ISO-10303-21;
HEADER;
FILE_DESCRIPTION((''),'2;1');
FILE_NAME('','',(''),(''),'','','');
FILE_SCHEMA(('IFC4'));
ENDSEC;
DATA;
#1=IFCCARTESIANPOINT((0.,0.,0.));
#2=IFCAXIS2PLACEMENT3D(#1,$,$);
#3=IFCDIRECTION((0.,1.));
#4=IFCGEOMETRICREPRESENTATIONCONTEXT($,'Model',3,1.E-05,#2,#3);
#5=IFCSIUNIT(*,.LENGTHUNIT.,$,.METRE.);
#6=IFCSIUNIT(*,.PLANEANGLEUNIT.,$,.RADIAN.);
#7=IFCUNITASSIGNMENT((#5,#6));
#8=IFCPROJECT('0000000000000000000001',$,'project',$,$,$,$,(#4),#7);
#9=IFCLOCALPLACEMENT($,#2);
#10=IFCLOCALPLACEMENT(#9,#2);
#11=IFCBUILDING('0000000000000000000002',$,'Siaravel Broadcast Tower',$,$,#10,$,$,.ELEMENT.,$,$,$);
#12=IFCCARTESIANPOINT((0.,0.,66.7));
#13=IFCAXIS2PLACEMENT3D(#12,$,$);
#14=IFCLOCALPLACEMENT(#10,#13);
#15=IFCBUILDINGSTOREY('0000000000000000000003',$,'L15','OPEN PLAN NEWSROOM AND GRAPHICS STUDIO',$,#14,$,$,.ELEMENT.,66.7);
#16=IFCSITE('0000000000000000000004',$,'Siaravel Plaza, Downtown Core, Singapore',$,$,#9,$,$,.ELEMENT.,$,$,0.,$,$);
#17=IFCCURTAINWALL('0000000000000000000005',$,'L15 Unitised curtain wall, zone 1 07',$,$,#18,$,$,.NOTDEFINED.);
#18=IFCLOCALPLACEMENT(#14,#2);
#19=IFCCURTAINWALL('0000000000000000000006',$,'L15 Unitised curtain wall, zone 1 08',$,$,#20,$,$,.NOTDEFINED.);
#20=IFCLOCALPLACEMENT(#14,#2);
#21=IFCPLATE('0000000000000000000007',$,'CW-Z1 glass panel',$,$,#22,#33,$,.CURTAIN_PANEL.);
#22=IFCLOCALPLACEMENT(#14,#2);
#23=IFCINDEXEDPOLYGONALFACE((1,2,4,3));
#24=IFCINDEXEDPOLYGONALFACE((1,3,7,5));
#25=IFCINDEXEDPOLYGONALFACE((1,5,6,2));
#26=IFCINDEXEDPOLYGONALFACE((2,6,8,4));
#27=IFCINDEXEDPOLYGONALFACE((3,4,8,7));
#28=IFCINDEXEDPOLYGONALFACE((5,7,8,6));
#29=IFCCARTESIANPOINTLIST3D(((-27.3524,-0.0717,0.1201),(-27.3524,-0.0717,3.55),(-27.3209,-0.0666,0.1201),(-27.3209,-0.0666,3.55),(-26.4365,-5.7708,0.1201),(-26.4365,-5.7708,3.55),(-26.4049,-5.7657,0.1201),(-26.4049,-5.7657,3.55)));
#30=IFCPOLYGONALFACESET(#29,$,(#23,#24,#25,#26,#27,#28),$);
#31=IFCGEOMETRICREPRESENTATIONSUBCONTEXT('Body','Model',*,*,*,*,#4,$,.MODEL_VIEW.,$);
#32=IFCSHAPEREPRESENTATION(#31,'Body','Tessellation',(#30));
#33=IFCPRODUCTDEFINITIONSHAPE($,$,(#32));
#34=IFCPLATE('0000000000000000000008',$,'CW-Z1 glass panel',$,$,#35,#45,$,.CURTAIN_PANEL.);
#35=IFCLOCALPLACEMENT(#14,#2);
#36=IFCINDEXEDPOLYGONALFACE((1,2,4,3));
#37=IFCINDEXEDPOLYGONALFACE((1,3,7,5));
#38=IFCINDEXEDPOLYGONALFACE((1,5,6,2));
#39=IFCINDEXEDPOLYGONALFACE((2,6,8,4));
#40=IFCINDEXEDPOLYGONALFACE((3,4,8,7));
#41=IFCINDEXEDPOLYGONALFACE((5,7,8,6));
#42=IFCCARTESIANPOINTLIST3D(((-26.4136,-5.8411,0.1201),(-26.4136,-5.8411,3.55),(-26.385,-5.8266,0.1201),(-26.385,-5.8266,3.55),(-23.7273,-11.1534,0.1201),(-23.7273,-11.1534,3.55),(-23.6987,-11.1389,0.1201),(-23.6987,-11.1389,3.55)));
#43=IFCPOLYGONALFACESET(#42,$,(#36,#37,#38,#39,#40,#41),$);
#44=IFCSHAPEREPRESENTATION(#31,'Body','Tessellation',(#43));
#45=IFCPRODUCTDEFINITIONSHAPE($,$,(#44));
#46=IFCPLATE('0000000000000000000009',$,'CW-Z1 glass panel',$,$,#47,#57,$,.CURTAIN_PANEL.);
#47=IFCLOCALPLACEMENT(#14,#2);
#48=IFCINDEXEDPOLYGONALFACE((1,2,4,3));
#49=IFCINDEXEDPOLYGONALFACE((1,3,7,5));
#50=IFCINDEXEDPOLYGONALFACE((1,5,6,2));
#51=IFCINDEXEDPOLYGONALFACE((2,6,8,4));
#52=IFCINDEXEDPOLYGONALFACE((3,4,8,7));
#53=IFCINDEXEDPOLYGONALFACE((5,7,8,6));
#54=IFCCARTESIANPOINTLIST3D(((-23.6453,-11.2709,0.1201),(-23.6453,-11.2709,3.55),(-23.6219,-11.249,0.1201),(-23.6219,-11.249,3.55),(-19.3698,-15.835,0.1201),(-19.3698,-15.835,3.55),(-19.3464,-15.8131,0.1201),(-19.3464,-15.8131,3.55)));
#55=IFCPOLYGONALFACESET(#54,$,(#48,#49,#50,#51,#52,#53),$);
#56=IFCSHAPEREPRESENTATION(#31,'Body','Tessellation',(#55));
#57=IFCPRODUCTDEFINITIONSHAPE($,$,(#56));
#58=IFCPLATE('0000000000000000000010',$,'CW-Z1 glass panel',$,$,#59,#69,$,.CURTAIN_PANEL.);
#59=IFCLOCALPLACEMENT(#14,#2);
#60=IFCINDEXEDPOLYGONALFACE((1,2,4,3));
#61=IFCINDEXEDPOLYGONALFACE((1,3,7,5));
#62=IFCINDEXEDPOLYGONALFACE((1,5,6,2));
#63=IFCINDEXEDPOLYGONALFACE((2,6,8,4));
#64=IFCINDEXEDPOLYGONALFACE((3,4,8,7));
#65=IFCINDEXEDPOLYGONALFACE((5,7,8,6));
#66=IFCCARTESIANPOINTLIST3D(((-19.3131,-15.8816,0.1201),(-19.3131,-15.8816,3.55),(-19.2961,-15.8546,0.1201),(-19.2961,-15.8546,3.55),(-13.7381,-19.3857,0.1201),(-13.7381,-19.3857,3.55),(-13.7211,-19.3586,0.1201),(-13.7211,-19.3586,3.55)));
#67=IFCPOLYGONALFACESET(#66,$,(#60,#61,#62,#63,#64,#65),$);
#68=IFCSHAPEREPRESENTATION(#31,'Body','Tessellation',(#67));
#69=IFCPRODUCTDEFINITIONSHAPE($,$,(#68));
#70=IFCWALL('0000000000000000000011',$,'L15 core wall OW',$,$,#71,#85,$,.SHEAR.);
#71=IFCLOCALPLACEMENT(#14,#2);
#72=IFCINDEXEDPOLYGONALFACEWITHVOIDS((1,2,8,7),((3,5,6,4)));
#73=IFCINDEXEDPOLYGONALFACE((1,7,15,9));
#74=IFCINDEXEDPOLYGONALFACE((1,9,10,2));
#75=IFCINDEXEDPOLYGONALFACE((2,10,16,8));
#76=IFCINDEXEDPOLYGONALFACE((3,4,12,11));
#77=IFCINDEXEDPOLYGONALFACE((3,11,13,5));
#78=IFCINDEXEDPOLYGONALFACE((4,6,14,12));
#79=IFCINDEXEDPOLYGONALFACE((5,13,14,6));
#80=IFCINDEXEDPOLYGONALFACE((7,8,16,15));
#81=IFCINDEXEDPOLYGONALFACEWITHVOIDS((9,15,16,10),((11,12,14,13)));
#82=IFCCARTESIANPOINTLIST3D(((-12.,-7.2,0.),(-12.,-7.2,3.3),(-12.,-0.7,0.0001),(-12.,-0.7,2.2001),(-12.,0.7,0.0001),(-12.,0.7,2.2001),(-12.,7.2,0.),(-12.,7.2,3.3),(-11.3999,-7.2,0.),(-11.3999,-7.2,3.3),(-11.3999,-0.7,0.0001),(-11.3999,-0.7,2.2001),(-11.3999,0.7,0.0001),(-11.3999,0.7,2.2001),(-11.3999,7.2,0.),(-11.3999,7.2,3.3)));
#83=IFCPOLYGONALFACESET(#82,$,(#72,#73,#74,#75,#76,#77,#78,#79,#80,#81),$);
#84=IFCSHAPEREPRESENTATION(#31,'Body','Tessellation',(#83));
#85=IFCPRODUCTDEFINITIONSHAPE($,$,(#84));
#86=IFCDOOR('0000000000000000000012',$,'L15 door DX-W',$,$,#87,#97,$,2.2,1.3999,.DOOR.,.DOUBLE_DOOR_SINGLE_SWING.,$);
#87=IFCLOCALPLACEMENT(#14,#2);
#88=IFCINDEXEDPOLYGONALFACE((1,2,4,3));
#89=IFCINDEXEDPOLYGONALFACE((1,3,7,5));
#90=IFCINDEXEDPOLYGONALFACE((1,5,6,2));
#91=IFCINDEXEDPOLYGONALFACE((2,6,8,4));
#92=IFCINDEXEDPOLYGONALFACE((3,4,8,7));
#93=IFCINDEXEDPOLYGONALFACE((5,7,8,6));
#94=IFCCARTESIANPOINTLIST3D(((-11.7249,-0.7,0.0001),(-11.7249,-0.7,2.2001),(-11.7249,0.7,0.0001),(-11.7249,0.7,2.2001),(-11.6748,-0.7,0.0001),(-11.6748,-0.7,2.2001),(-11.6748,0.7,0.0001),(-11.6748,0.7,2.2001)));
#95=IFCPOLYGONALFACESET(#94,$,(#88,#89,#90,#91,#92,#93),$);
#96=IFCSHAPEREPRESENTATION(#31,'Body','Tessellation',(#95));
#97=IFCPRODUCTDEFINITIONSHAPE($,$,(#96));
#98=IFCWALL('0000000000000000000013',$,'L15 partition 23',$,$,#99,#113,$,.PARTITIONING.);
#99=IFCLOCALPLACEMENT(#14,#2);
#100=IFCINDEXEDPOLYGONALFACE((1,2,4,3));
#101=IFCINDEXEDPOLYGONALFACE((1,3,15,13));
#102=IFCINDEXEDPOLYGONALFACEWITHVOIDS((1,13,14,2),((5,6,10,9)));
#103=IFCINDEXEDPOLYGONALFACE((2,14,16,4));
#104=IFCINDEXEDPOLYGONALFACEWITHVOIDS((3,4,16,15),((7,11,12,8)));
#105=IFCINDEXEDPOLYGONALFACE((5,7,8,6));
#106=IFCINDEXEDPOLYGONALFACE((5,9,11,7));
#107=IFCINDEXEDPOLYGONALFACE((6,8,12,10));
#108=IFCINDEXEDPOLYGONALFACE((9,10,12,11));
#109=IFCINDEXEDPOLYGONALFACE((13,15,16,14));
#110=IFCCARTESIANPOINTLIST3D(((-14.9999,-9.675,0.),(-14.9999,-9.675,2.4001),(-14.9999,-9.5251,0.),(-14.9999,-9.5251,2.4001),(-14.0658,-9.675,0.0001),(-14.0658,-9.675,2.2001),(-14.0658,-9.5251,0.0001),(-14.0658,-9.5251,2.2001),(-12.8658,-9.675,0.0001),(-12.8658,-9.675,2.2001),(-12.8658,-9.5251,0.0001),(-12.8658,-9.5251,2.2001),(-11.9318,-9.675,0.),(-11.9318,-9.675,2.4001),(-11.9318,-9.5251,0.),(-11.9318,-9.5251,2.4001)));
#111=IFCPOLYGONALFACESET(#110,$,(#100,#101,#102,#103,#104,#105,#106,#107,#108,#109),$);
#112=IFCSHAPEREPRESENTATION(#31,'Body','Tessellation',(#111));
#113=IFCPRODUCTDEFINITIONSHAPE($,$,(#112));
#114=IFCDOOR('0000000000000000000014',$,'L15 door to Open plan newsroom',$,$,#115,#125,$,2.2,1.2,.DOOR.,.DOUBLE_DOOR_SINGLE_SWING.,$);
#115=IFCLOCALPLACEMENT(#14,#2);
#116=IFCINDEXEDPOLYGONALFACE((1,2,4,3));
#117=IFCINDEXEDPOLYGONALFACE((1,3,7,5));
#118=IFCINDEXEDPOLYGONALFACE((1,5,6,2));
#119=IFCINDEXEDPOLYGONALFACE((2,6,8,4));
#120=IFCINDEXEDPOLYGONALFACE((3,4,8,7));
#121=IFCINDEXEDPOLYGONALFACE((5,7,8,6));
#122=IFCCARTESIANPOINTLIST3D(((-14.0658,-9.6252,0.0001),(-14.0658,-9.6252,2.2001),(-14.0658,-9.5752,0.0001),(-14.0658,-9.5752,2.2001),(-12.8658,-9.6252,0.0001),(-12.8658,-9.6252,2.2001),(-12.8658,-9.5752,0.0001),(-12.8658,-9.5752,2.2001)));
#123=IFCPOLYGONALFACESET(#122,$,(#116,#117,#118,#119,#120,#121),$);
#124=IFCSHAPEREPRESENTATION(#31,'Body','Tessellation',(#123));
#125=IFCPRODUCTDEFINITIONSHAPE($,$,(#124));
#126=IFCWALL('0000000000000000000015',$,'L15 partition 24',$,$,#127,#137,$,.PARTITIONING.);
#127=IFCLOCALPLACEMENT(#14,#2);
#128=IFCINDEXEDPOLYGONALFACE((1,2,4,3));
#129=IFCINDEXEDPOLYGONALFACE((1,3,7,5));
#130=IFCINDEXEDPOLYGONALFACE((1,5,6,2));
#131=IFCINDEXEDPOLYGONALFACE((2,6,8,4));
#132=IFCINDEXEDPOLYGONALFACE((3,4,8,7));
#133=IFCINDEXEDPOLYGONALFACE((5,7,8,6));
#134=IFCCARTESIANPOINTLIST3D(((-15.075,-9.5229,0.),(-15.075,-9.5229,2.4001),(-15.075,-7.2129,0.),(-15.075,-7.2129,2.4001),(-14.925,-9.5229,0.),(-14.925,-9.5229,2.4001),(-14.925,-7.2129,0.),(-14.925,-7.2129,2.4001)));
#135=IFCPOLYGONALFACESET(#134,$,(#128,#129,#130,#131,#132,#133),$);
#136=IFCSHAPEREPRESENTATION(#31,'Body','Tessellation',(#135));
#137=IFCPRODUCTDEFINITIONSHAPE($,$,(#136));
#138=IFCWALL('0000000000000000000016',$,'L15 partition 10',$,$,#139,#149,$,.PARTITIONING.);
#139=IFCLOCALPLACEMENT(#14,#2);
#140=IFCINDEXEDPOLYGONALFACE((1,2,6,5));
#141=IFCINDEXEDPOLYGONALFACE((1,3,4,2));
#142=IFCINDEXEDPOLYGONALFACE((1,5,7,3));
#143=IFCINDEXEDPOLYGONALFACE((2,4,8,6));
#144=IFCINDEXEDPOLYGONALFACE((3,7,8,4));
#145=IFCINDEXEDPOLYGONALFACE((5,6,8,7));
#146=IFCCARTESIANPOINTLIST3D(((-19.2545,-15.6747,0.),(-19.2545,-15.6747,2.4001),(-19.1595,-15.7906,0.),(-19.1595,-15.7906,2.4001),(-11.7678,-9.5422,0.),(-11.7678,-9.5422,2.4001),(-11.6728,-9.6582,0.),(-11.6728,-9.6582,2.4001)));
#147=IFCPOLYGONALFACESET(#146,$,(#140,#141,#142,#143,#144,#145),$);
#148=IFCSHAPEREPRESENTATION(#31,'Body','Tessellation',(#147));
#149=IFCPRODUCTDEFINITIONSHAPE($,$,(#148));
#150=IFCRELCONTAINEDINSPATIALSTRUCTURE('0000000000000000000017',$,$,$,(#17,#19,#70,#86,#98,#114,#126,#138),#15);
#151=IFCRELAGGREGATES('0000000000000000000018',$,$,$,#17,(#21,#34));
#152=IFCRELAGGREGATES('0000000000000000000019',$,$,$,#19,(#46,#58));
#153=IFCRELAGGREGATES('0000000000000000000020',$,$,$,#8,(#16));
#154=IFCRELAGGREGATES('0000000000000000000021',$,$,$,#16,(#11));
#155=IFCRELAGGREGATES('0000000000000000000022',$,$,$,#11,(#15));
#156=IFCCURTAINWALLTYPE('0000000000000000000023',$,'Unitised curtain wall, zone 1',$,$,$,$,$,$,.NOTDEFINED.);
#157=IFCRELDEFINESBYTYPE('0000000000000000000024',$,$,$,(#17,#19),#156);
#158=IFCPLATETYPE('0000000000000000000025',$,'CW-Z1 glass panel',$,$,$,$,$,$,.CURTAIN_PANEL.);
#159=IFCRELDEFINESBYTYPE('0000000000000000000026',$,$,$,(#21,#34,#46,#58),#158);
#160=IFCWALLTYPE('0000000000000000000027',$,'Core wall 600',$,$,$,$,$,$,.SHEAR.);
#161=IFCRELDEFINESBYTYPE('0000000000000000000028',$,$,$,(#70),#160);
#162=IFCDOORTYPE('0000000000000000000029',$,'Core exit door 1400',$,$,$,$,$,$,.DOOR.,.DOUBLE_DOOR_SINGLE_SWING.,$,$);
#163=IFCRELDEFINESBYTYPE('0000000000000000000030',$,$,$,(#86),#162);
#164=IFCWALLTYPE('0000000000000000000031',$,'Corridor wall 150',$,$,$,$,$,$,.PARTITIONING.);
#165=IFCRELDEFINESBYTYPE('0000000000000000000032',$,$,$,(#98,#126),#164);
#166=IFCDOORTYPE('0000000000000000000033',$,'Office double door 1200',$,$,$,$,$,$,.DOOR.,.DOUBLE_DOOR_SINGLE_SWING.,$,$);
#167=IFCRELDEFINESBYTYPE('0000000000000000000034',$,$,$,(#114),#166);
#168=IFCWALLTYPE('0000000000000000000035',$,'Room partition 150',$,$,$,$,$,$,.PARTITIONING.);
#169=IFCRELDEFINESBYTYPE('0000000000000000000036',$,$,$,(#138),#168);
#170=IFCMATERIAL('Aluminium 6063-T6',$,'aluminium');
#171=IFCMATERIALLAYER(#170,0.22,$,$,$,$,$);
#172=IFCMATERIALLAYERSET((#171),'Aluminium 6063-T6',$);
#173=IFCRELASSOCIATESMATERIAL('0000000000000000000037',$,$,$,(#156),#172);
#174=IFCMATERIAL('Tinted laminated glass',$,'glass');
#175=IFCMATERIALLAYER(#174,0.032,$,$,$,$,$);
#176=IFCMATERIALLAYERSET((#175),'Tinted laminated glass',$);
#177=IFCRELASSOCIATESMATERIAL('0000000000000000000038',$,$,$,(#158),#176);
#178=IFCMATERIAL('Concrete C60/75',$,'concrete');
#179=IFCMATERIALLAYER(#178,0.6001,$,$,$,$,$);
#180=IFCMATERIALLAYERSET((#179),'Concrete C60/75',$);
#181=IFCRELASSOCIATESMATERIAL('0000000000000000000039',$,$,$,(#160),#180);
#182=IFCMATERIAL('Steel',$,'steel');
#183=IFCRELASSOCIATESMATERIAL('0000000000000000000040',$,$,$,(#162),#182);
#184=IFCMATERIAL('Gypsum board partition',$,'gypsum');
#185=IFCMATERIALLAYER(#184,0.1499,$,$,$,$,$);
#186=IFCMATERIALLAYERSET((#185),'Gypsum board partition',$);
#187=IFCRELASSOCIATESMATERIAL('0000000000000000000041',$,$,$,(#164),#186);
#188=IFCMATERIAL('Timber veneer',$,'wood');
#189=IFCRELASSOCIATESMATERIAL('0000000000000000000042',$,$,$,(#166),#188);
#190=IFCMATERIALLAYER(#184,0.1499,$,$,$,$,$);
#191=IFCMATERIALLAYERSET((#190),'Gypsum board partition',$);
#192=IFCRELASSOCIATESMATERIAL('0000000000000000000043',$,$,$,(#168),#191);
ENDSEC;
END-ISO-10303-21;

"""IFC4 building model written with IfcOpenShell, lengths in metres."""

from ifc_helpers import new_model, si_unit, direction, frame, frame_2d, origin, origin_2d, place, context, subcontext, project, spatial, rectangle, extrude, material, layer, layer_set, type_object, element, fill, aggregate, save


model = new_model("IFC4")

# Units and contexts
model_context = context("Model", 3, precision=1e-05, world=origin(), true_north=direction((0.0, 1.0)))
body_context = subcontext(model_context, "Body", "Model", "MODEL_VIEW")
ifc_project = project(units=[si_unit("LENGTHUNIT", "METRE"), si_unit("PLANEANGLEUNIT", "RADIAN")], contexts=[model_context])

# Site, building, storey
site_placement = place(None, origin())
site = spatial("IfcSite", under=ifc_project, at=site_placement, Name="Siaravel Plaza, Downtown Core, Singapore", CompositionType="ELEMENT", RefElevation=0.0)
building_placement = place(site_placement, origin())
building = spatial("IfcBuilding", under=site, at=building_placement, Name="Siaravel Broadcast Tower", CompositionType="ELEMENT")
storey_placement = place(building_placement, frame((0.0, 0.0, 66.7)))
storey = spatial("IfcBuildingStorey", under=building, at=storey_placement, Name="L15", Description="OPEN PLAN NEWSROOM AND GRAPHICS STUDIO", CompositionType="ELEMENT", Elevation=66.7)

# Curtain walls
ifc_material_1 = material(Name="Aluminium 6063-T6", Category="aluminium")
ifc_layer_1 = layer(ifc_material_1, 0.22)
ifc_layer_set_1 = layer_set([ifc_layer_1], Name="Aluminium 6063-T6")
curtain_wall_type = type_object("IfcCurtainWallType", Name="Unitised curtain wall, zone 1", PredefinedType="NOTDEFINED", material=ifc_layer_set_1)
curtain_wall_1_placement = place(storey_placement, origin())
curtain_wall_1 = element("IfcCurtainWall", 1, at=curtain_wall_1_placement, inside=storey, type_object=curtain_wall_type, Name="L15 Unitised curtain wall, zone 1 07", PredefinedType="NOTDEFINED")
curtain_wall_2_placement = place(storey_placement, origin())
curtain_wall_2 = element("IfcCurtainWall", 2, at=curtain_wall_2_placement, inside=storey, type_object=curtain_wall_type, Name="L15 Unitised curtain wall, zone 1 08", PredefinedType="NOTDEFINED")

# Plates
ifc_material_2 = material(Name="Tinted laminated glass", Category="glass")
ifc_layer_2 = layer(ifc_material_2, 0.032)
ifc_layer_set_2 = layer_set([ifc_layer_2], Name="Tinted laminated glass")
plate_type = type_object("IfcPlateType", Name="CW-Z1 glass panel", PredefinedType="CURTAIN_PANEL", material=ifc_layer_set_2)
plate_1_placement = place(storey_placement, frame((-26.8787, -2.9187, 0.1201), z_axis=(0.0, 0.0, 1.0), x_axis=(0.158686, -0.987329, 0.0)))
plate_1 = element("IfcPlate", 3, at=plate_1_placement, type_object=plate_type, Name="CW-Z1 glass panel", PredefinedType="CURTAIN_PANEL", context=body_context, shape_type="SweptSolid", body=[
    extrude(rectangle(XDim=5.7722, YDim=0.032, at=origin_2d()), origin(), (0.0, 0.0, 1.0), 3.4299),
])
plate_2_placement = place(storey_placement, frame((-25.0562, -8.49, 0.1201), z_axis=(0.0, 0.0, 1.0), x_axis=(0.451262, -0.892391, 0.0)))
plate_2 = element("IfcPlate", 4, at=plate_2_placement, type_object=plate_type, Name="CW-Z1 glass panel", PredefinedType="CURTAIN_PANEL", context=body_context, shape_type="SweptSolid", body=[
    extrude(rectangle(XDim=5.9529, YDim=0.032, at=origin_2d()), origin(), (0.0, 0.0, 1.0), 3.4299),
])
aggregate(curtain_wall_1, [plate_1, plate_2])
plate_3_placement = place(storey_placement, frame((-21.4958, -13.542, 0.1201), z_axis=(0.0, 0.0, 1.0), x_axis=(0.683657, -0.729804, 0.0)))
plate_3 = element("IfcPlate", 5, at=plate_3_placement, type_object=plate_type, Name="CW-Z1 glass panel", PredefinedType="CURTAIN_PANEL", context=body_context, shape_type="SweptSolid", body=[
    extrude(rectangle(XDim=6.2539, YDim=0.032, at=origin_2d()), origin(), (0.0, 0.0, 1.0), 3.4299),
])
plate_4_placement = place(storey_placement, frame((-16.5171, -17.6201, 0.1201), z_axis=(0.0, 0.0, 1.0), x_axis=(0.846651, -0.532148, 0.0)))
plate_4 = element("IfcPlate", 6, at=plate_4_placement, type_object=plate_type, Name="CW-Z1 glass panel", PredefinedType="CURTAIN_PANEL", context=body_context, shape_type="SweptSolid", body=[
    extrude(rectangle(XDim=6.5847, YDim=0.032, at=origin_2d()), origin(), (0.0, 0.0, 1.0), 3.4299),
])
aggregate(curtain_wall_2, [plate_3, plate_4])

# Walls, openings, doors
ifc_material_3 = material(Name="Concrete C60/75", Category="concrete")
ifc_layer_3 = layer(ifc_material_3, 0.6001)
ifc_layer_set_3 = layer_set([ifc_layer_3], Name="Concrete C60/75")
wall_type_1 = type_object("IfcWallType", Name="Core wall 600", PredefinedType="SHEAR", material=ifc_layer_set_3)
wall_1_placement = place(storey_placement, frame((-11.7, -7.2, 0.0), z_axis=(0.0, 0.0, 1.0), x_axis=(0.0, 1.0, 0.0)))
wall_1 = element("IfcWall", 7, at=wall_1_placement, inside=storey, type_object=wall_type_1, Name="L15 core wall OW", PredefinedType="SHEAR", context=body_context, shape_type="SweptSolid", body=[
    extrude(rectangle(XDim=14.3999, YDim=0.6001, at=frame_2d((7.2, 0.0))), origin(), (0.0, 0.0, 1.0), 3.3),
])
opening_1_placement = place(wall_1_placement, frame((6.5, 0.0, 0.0)))
opening_1 = element("IfcOpeningElement", 8, at=opening_1_placement, cuts=wall_1, PredefinedType="OPENING", context=body_context, shape_type="SweptSolid", body=[
    extrude(rectangle(XDim=1.3999, YDim=2.2, at=frame_2d((0.7, 1.1001))), frame((0.0, 0.3101, 0.0), z_axis=(0.0, -1.0, 0.0), x_axis=(1.0, 0.0, 0.0)), (0.0, 0.0, 1.0), 0.6201),
])
ifc_material_4 = material(Name="Steel", Category="steel")
door_type_1 = type_object("IfcDoorType", Name="Core exit door 1400", OperationType="DOUBLE_DOOR_SINGLE_SWING", PredefinedType="DOOR", material=ifc_material_4)
door_1_placement = place(opening_1_placement, origin())
door_1 = element("IfcDoor", 9, at=door_1_placement, inside=storey, type_object=door_type_1, Name="L15 door DX-W", OperationType="DOUBLE_DOOR_SINGLE_SWING", OverallHeight=2.2, OverallWidth=1.3999, PredefinedType="DOOR", context=body_context, shape_type="SweptSolid", body=[
    extrude(rectangle(XDim=1.3999, YDim=2.2, at=frame_2d((0.7, 1.1001))), frame((0.0, 0.0249, 0.0), z_axis=(0.0, -1.0, 0.0), x_axis=(1.0, 0.0, 0.0)), (0.0, 0.0, 1.0), 0.05),
])
fill(opening_1, door_1)
ifc_material_5 = material(Name="Gypsum board partition", Category="gypsum")
ifc_layer_4 = layer(ifc_material_5, 0.1499)
ifc_layer_set_4 = layer_set([ifc_layer_4], Name="Gypsum board partition")
wall_type_2 = type_object("IfcWallType", Name="Corridor wall 150", PredefinedType="PARTITIONING", material=ifc_layer_set_4)
wall_2_placement = place(storey_placement, frame((-15.0, -9.6001, 0.0), z_axis=(0.0, 0.0, 1.0), x_axis=(1.0, 0.0, 0.0)))
wall_2 = element("IfcWall", 10, at=wall_2_placement, inside=storey, type_object=wall_type_2, Name="L15 partition 23", PredefinedType="PARTITIONING", context=body_context, shape_type="SweptSolid", body=[
    extrude(rectangle(XDim=3.0681, YDim=0.1499, at=frame_2d((1.5342, 0.0))), origin(), (0.0, 0.0, 1.0), 2.4001),
])
opening_2_placement = place(wall_2_placement, frame((0.9341, 0.0, 0.0)))
opening_2 = element("IfcOpeningElement", 11, at=opening_2_placement, cuts=wall_2, PredefinedType="OPENING", context=body_context, shape_type="SweptSolid", body=[
    extrude(rectangle(XDim=1.2, YDim=2.2, at=frame_2d((0.6001, 1.1001))), frame((0.0, 0.085, 0.0), z_axis=(0.0, -1.0, 0.0), x_axis=(1.0, 0.0, 0.0)), (0.0, 0.0, 1.0), 0.1699),
])
ifc_material_6 = material(Name="Timber veneer", Category="wood")
door_type_2 = type_object("IfcDoorType", Name="Office double door 1200", OperationType="DOUBLE_DOOR_SINGLE_SWING", PredefinedType="DOOR", material=ifc_material_6)
door_2_placement = place(opening_2_placement, origin())
door_2 = element("IfcDoor", 12, at=door_2_placement, inside=storey, type_object=door_type_2, Name="L15 door to Open plan newsroom", OperationType="DOUBLE_DOOR_SINGLE_SWING", OverallHeight=2.2, OverallWidth=1.2, PredefinedType="DOOR", context=body_context, shape_type="SweptSolid", body=[
    extrude(rectangle(XDim=1.2, YDim=2.2, at=frame_2d((0.6001, 1.1001))), frame((0.0, 0.0249, 0.0), z_axis=(0.0, -1.0, 0.0), x_axis=(1.0, 0.0, 0.0)), (0.0, 0.0, 1.0), 0.05),
])
fill(opening_2, door_2)

# Walls
wall_3_placement = place(storey_placement, frame((-15.0, -7.2129, 0.0), z_axis=(0.0, 0.0, 1.0), x_axis=(0.0, -1.0, 0.0)))
element("IfcWall", 13, at=wall_3_placement, inside=storey, type_object=wall_type_2, Name="L15 partition 24", PredefinedType="PARTITIONING", context=body_context, shape_type="SweptSolid", body=[
    extrude(rectangle(XDim=2.3101, YDim=0.1499, at=frame_2d((1.155, 0.0))), origin(), (0.0, 0.0, 1.0), 2.4001),
])
ifc_layer_5 = layer(ifc_material_5, 0.1499)
ifc_layer_set_5 = layer_set([ifc_layer_5], Name="Gypsum board partition")
wall_type_3 = type_object("IfcWallType", Name="Room partition 150", PredefinedType="PARTITIONING", material=ifc_layer_set_5)
wall_4_placement = place(storey_placement, frame((-19.207, -15.7327, 0.0), z_axis=(0.0, 0.0, 1.0), x_axis=(0.773603, 0.63367, 0.0)))
element("IfcWall", 14, at=wall_4_placement, inside=storey, type_object=wall_type_3, Name="L15 partition 10", PredefinedType="PARTITIONING", context=body_context, shape_type="SweptSolid", body=[
    extrude(rectangle(XDim=9.6777, YDim=0.1499, at=frame_2d((4.8389, 0.0))), origin(), (0.0, 0.0, 1.0), 2.4001),
])

save(model, "model.ifc")
